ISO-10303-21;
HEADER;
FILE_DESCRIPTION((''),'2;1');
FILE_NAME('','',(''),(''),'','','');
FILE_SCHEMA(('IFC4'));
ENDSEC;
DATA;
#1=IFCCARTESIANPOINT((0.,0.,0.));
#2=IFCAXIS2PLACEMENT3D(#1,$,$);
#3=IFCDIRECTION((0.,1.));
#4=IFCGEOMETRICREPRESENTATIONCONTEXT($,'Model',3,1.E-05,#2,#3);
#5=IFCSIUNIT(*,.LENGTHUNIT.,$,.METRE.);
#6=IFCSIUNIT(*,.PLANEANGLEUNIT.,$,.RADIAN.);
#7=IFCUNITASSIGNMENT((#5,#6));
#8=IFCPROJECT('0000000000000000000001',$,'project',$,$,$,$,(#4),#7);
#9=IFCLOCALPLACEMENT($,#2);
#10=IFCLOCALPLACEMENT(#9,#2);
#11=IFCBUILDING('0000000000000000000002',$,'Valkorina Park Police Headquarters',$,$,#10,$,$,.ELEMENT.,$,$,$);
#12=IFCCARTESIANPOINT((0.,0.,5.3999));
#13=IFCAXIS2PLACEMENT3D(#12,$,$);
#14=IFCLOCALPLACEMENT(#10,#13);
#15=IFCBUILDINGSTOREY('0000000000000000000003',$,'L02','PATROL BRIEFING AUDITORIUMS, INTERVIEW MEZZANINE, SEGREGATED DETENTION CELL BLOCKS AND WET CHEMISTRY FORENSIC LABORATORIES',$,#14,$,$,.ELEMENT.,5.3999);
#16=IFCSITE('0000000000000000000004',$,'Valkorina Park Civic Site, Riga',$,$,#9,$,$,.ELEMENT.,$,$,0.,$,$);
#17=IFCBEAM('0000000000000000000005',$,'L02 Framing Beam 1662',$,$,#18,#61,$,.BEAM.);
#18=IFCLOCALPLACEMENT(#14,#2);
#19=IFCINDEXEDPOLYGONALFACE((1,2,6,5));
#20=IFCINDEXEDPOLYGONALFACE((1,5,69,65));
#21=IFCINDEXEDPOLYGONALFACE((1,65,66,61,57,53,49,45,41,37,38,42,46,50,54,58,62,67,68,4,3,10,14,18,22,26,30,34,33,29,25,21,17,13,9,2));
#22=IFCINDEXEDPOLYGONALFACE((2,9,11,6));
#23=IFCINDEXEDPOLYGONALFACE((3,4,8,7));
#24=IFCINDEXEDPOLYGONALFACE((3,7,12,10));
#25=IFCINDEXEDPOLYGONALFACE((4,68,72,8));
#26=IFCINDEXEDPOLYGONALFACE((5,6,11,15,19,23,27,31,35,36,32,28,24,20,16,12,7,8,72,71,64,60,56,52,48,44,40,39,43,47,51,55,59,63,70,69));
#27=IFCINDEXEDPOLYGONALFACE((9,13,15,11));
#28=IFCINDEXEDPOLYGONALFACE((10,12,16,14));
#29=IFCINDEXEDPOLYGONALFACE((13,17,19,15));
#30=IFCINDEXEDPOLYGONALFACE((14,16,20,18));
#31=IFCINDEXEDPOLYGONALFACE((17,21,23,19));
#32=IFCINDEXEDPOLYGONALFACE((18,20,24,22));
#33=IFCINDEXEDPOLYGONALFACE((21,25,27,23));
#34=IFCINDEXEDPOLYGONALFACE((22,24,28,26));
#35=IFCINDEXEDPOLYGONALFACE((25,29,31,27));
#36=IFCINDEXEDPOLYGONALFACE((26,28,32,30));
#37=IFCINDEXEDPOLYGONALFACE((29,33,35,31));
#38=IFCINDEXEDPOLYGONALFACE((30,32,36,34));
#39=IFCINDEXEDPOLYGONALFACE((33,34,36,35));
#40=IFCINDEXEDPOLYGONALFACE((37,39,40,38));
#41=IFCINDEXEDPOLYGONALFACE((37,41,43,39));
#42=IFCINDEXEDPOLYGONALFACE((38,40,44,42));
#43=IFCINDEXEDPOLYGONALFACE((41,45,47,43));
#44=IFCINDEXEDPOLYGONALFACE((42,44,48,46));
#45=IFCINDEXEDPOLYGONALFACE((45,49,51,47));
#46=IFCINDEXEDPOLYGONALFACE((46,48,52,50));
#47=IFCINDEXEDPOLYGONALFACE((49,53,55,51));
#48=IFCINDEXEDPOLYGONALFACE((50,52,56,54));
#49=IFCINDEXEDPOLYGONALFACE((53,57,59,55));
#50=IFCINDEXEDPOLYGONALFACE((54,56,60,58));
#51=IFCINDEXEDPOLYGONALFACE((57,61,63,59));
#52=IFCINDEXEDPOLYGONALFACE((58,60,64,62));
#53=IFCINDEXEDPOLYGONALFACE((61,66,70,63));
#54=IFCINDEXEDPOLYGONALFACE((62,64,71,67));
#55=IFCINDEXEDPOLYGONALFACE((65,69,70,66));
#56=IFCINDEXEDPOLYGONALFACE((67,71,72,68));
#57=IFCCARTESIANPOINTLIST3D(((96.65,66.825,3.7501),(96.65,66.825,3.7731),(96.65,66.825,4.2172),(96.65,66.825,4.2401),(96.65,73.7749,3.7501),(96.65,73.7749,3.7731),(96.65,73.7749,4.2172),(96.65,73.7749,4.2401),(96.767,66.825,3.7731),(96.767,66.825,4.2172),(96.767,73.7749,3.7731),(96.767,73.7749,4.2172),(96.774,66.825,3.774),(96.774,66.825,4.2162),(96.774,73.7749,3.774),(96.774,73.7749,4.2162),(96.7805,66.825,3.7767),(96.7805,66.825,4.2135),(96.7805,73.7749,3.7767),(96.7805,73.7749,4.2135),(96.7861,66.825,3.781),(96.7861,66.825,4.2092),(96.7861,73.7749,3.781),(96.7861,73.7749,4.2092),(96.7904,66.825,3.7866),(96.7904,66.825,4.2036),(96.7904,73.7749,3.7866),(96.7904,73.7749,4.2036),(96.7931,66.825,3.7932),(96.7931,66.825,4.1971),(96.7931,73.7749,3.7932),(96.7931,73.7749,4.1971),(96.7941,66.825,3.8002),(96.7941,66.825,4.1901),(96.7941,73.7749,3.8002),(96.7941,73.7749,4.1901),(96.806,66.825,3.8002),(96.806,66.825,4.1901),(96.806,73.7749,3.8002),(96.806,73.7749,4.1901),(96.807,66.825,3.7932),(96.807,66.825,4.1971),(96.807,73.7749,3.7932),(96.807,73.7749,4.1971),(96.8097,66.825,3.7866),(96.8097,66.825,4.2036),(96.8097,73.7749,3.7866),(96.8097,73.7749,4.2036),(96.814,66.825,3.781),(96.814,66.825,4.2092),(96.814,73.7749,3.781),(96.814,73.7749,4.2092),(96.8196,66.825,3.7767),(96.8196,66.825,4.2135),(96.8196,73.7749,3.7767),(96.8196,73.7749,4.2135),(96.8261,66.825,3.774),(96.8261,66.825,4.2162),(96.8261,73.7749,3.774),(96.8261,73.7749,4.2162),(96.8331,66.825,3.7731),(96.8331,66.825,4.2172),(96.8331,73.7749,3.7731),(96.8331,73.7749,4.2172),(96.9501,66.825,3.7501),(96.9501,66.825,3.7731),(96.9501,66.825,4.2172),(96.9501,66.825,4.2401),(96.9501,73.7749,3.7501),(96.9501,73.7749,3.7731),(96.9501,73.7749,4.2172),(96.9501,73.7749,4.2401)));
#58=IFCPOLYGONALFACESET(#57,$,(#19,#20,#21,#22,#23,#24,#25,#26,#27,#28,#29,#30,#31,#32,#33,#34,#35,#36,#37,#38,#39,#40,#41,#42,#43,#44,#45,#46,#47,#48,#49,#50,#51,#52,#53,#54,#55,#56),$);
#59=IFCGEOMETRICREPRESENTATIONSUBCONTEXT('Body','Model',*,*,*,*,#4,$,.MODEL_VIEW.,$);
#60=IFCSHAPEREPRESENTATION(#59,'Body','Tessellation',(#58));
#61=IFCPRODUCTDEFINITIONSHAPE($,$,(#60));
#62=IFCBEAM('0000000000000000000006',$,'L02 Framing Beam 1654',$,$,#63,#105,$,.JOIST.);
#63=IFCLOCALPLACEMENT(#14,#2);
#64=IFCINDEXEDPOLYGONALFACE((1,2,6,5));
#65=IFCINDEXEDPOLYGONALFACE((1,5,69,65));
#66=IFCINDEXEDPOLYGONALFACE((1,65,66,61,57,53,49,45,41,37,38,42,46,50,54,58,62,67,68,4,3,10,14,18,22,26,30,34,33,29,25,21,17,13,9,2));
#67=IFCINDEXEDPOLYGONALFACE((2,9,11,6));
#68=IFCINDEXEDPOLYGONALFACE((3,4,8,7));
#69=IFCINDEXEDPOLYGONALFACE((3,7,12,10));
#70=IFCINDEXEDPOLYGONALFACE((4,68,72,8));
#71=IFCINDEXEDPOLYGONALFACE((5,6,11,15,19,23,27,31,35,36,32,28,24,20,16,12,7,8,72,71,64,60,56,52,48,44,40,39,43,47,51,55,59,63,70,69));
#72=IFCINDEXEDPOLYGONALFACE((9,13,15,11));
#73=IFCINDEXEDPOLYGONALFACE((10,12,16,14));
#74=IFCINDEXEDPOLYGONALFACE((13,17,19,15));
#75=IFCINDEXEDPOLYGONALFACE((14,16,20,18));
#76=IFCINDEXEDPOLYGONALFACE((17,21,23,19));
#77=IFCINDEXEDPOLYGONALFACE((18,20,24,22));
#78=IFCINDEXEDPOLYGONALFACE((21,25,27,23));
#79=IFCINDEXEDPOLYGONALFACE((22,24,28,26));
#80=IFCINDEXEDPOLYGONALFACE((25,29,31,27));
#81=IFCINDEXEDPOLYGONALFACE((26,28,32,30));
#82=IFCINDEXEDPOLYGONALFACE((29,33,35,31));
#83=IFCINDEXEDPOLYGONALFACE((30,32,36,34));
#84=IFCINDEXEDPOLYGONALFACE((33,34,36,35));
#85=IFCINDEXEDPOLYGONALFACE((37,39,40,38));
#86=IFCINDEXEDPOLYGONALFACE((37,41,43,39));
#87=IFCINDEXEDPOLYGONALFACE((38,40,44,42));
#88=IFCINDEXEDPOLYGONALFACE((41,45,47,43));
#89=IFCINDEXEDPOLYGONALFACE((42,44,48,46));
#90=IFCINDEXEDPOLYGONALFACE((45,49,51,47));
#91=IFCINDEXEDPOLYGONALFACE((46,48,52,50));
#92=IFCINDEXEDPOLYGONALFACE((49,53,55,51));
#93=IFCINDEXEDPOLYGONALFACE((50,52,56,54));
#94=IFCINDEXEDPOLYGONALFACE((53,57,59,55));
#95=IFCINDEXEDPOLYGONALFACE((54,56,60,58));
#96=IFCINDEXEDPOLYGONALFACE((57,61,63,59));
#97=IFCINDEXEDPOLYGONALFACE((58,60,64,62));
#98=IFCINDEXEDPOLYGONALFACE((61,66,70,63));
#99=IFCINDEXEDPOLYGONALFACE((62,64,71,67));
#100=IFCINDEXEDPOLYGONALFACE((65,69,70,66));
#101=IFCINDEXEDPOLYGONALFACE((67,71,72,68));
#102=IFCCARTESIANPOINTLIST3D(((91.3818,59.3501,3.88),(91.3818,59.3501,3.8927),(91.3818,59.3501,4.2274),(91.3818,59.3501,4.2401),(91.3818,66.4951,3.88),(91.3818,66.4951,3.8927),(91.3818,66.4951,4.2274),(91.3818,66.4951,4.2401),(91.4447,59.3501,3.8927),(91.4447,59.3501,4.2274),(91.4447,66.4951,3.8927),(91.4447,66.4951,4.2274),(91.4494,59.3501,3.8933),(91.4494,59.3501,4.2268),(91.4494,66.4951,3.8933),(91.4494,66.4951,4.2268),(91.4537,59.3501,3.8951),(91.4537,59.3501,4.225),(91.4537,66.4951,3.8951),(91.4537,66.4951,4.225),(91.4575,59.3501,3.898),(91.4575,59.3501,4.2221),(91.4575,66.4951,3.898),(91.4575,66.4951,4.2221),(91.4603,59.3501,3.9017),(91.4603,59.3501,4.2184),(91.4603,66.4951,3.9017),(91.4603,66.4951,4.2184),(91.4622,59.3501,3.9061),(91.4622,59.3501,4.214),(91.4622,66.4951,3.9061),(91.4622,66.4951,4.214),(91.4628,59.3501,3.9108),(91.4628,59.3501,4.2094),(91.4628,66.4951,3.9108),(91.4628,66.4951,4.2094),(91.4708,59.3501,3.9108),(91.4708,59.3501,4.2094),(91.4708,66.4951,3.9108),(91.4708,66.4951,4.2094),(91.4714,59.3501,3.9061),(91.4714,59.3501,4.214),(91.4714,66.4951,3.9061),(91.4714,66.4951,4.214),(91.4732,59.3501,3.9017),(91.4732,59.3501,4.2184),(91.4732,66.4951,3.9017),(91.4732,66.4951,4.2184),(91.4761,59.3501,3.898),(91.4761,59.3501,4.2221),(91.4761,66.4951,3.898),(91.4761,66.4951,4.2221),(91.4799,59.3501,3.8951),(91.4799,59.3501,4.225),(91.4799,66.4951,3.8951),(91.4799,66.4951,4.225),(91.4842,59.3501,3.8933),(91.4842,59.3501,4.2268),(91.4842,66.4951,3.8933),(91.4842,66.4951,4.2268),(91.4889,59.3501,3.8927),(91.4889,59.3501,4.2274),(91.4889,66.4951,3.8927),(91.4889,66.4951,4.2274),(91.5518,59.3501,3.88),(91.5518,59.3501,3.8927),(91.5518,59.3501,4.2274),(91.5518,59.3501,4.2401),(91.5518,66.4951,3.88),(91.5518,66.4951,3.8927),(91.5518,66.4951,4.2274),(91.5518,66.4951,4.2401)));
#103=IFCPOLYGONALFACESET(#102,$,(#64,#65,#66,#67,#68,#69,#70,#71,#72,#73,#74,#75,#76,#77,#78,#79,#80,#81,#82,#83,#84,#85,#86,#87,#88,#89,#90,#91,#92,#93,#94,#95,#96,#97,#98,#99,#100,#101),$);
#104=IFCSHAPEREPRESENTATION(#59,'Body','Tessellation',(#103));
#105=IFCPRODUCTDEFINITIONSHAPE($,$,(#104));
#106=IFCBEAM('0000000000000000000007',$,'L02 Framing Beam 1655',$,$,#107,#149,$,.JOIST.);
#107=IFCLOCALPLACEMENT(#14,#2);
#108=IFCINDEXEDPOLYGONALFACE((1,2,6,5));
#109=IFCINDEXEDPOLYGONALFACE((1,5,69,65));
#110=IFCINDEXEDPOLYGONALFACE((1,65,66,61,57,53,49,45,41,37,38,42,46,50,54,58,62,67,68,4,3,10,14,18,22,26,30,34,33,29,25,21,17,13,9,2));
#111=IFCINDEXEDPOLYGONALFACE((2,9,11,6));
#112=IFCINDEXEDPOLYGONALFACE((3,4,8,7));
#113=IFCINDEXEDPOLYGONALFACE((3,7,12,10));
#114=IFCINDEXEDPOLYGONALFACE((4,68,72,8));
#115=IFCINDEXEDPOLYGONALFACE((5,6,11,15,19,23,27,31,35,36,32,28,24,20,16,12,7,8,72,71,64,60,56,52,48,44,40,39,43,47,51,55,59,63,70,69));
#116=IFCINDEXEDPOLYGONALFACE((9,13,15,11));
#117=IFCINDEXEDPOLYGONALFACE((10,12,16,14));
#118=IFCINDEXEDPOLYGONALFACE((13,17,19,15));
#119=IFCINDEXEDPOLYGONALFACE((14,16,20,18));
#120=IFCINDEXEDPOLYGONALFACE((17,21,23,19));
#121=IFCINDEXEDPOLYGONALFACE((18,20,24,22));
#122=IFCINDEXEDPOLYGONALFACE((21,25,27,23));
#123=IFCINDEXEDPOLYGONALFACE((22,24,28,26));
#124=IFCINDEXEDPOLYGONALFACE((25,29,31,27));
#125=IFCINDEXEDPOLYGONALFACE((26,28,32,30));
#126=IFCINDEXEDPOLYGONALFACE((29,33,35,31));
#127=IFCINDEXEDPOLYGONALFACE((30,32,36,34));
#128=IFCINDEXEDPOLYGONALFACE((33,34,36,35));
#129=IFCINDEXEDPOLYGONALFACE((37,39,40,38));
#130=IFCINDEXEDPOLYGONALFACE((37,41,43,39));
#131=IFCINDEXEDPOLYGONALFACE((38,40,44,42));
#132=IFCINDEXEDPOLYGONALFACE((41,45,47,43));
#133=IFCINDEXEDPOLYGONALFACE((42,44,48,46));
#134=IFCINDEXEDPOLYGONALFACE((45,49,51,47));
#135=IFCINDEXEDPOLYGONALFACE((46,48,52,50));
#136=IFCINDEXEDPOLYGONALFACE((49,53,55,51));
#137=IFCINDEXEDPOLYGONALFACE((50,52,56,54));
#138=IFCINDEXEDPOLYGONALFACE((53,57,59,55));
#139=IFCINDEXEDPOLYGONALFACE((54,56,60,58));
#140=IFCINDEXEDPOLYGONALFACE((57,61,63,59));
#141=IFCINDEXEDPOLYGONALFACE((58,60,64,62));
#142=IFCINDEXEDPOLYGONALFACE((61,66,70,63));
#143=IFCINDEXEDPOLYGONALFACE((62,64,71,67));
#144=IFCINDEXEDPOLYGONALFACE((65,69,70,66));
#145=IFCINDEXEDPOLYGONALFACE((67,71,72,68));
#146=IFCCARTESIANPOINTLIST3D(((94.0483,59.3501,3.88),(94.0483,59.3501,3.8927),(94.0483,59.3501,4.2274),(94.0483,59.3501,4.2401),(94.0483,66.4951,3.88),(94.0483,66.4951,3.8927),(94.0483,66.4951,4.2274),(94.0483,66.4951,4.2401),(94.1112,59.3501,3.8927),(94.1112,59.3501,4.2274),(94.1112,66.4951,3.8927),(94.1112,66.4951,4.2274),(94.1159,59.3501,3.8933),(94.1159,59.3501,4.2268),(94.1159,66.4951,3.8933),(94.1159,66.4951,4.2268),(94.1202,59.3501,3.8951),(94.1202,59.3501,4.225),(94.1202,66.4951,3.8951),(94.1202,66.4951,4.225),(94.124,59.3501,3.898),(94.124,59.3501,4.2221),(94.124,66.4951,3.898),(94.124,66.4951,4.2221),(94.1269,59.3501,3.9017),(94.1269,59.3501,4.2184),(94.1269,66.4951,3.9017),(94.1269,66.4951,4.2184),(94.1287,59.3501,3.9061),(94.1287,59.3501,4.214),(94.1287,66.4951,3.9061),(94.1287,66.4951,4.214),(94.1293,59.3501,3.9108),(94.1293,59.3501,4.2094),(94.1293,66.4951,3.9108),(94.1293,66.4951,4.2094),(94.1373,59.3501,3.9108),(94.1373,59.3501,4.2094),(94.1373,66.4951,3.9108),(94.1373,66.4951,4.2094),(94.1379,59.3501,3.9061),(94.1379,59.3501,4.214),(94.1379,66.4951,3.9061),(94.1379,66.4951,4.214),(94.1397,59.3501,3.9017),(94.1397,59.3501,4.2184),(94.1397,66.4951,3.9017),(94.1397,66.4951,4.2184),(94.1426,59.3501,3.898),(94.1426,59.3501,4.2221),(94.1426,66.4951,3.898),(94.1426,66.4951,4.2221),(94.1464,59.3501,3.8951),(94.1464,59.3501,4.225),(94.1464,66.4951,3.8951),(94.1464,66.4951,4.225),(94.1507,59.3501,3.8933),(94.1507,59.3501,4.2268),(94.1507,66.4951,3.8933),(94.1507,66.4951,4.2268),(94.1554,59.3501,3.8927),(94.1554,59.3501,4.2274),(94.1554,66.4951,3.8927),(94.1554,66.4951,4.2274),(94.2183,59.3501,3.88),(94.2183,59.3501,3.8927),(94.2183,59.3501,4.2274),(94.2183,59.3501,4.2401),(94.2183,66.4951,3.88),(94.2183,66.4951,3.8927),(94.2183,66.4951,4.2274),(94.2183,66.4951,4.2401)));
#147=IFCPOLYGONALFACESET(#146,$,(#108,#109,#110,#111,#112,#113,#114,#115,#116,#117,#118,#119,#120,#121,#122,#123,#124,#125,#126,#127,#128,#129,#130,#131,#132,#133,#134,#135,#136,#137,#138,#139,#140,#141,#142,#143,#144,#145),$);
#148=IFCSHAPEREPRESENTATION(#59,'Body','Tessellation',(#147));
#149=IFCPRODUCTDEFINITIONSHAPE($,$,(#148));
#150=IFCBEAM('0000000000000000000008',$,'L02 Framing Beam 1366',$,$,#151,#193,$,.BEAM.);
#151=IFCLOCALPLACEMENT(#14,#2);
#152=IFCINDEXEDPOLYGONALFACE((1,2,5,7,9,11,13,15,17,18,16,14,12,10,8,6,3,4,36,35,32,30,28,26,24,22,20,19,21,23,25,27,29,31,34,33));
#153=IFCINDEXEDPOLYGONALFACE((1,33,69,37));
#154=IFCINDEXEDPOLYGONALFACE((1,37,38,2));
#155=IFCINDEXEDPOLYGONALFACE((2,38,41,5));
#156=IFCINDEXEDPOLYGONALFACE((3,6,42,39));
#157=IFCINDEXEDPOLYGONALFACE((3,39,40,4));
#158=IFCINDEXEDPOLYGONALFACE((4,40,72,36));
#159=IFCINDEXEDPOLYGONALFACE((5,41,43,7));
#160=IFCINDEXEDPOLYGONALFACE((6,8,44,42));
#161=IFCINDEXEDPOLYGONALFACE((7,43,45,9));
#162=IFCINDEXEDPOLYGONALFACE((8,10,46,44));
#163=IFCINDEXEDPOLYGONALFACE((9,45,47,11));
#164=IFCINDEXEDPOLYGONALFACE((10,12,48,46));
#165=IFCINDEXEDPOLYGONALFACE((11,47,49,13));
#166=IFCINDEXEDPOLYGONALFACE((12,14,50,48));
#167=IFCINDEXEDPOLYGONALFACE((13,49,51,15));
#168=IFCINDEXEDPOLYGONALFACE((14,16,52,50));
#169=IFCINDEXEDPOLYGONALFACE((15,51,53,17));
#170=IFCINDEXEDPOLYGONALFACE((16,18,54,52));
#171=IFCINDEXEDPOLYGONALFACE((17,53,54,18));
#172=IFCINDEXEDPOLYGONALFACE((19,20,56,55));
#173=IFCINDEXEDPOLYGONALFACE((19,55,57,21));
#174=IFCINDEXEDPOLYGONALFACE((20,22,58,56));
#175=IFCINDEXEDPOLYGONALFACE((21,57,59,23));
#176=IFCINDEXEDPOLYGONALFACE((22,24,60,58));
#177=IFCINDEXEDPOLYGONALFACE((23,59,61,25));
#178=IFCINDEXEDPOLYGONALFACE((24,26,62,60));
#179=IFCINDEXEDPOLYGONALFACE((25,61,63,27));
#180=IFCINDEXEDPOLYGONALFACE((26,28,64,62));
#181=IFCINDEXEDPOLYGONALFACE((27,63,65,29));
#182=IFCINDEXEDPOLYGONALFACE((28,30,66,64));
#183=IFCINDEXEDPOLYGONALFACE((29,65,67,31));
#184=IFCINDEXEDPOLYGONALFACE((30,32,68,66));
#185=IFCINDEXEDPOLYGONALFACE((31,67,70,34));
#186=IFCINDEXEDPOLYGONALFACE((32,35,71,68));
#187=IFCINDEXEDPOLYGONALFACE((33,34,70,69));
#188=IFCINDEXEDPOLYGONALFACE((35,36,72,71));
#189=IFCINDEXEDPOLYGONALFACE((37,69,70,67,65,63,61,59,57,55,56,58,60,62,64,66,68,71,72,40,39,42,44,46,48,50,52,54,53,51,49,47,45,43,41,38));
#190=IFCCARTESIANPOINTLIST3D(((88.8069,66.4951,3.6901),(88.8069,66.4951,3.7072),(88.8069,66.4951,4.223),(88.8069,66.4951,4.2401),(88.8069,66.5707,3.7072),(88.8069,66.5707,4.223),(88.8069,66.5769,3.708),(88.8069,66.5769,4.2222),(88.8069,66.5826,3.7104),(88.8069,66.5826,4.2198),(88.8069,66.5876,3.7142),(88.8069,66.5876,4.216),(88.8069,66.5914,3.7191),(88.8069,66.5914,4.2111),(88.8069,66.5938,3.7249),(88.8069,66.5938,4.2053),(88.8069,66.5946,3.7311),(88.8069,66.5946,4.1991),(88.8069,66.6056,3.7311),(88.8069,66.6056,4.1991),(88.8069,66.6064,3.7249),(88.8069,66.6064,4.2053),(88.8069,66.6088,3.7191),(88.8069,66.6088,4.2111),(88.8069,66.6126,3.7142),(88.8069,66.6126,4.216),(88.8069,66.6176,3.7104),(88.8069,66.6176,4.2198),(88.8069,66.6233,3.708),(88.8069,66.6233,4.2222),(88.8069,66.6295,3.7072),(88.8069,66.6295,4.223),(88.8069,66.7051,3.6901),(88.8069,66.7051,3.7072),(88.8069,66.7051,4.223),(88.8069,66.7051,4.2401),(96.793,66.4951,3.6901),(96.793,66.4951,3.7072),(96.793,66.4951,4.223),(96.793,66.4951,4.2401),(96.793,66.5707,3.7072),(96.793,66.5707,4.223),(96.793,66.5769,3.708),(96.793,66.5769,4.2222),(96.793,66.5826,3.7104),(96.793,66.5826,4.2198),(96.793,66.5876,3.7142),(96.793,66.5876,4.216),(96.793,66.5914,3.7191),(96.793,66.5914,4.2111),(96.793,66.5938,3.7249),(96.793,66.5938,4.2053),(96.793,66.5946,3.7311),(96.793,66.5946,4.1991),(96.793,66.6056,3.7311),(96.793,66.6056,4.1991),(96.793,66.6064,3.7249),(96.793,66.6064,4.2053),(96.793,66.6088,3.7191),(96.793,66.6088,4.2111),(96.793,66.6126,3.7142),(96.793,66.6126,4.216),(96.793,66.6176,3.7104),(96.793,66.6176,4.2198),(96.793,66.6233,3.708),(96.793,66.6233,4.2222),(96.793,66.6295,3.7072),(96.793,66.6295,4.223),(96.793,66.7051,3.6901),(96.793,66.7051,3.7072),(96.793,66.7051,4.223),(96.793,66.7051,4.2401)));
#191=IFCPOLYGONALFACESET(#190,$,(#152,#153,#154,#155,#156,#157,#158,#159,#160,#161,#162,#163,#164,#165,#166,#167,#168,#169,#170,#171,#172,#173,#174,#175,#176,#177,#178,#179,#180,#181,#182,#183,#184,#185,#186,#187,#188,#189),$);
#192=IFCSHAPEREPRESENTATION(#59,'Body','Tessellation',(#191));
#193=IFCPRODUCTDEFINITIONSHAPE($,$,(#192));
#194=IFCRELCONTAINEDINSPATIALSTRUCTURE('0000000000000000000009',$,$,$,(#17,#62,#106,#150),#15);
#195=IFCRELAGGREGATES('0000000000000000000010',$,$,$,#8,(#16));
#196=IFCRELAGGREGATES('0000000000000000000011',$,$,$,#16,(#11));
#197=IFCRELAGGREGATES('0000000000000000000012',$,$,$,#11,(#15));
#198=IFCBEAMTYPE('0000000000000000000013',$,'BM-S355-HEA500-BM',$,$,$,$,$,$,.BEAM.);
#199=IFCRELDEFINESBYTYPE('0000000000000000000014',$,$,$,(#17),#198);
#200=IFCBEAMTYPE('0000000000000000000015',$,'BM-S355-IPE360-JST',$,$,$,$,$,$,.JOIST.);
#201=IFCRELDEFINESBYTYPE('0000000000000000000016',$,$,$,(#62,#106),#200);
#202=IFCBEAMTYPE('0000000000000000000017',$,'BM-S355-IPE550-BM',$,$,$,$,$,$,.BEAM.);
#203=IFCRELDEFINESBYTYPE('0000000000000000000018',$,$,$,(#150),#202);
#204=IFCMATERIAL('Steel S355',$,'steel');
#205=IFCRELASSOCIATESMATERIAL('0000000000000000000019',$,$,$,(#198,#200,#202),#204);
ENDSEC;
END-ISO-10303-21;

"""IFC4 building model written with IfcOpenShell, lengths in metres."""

from ifc_helpers import new_model, si_unit, direction, frame, origin, origin_2d, place, context, subcontext, project, spatial, i_section, extrude, material, material_profile, profile_set, type_object, element, save


model = new_model("IFC4")

# Units and contexts
model_context = context("Model", 3, precision=1e-05, world=origin(), true_north=direction((0.0, 1.0)))
body_context = subcontext(model_context, "Body", "Model", "MODEL_VIEW")
ifc_project = project(units=[si_unit("LENGTHUNIT", "METRE"), si_unit("PLANEANGLEUNIT", "RADIAN")], contexts=[model_context])

# Site, building, storey
site_placement = place(None, origin())
site = spatial("IfcSite", under=ifc_project, at=site_placement, Name="Valkorina Park Civic Site, Riga", CompositionType="ELEMENT", RefElevation=0.0)
building_placement = place(site_placement, origin())
building = spatial("IfcBuilding", under=site, at=building_placement, Name="Valkorina Park Police Headquarters", CompositionType="ELEMENT")
storey_placement = place(building_placement, frame((0.0, 0.0, 5.3999)))
storey = spatial("IfcBuildingStorey", under=building, at=storey_placement, Name="L02", Description="PATROL BRIEFING AUDITORIUMS, INTERVIEW MEZZANINE, SEGREGATED DETENTION CELL BLOCKS AND WET CHEMISTRY FORENSIC LABORATORIES", CompositionType="ELEMENT", Elevation=5.3999)

# Shared definitions
ifc_material_1 = material(Name="Steel S355", Category="steel")

# Beams
ifc_material_profile_1 = material_profile(ifc_material_1, i_section(OverallWidth=0.3, OverallDepth=0.49, WebThickness=0.012, FlangeThickness=0.0229, FilletRadius=0.0271, at=origin_2d()), Name="HEA 500")
ifc_profile_set_1 = profile_set([ifc_material_profile_1], Name="Steel S355")
beam_type_1 = type_object("IfcBeamType", Name="BM-S355-HEA500-BM", PredefinedType="BEAM", material=ifc_profile_set_1)
for number, where, z_axis, x_axis, name in (
    (1, (96.8, 66.825, 3.9951), (0.0, 1.0, 0.0), (-1.0, 0.0, 0.0), "L02 Framing Beam 1662"),
):
    element("IfcBeam", number, at=place(storey_placement, frame(where, z_axis=z_axis, x_axis=x_axis)), inside=storey, type_object=beam_type_1, Name=name, PredefinedType="BEAM", context=body_context, shape_type="SweptSolid", body=[
        extrude(i_section(OverallWidth=0.3, OverallDepth=0.49, WebThickness=0.012, FlangeThickness=0.0229, FilletRadius=0.0271, at=origin_2d()), origin(), (0.0, 0.0, 1.0), 6.95),
    ])
ifc_material_profile_2 = material_profile(ifc_material_1, i_section(OverallWidth=0.1699, OverallDepth=0.3601, WebThickness=0.0081, FlangeThickness=0.0127, FilletRadius=0.0181, at=origin_2d()), Name="IPE 360")
ifc_profile_set_2 = profile_set([ifc_material_profile_2], Name="Steel S355")
beam_type_2 = type_object("IfcBeamType", Name="BM-S355-IPE360-JST", PredefinedType="JOIST", material=ifc_profile_set_2)
for number, where, z_axis, x_axis, name in (
    (2, (91.4668, 59.3501, 4.0601), (0.0, 1.0, 0.0), (-1.0, 0.0, 0.0), "L02 Framing Beam 1654"),
    (3, (94.1333, 59.3501, 4.0601), (0.0, 1.0, 0.0), (-1.0, 0.0, 0.0), "L02 Framing Beam 1655"),
):
    element("IfcBeam", number, at=place(storey_placement, frame(where, z_axis=z_axis, x_axis=x_axis)), inside=storey, type_object=beam_type_2, Name=name, PredefinedType="JOIST", context=body_context, shape_type="SweptSolid", body=[
        extrude(i_section(OverallWidth=0.1699, OverallDepth=0.3601, WebThickness=0.0081, FlangeThickness=0.0127, FilletRadius=0.0181, at=origin_2d()), origin(), (0.0, 0.0, 1.0), 7.145),
    ])
ifc_material_profile_3 = material_profile(ifc_material_1, i_section(OverallWidth=0.21, OverallDepth=0.55, WebThickness=0.011, FlangeThickness=0.0171, FilletRadius=0.0239, at=origin_2d()), Name="IPE 550")
ifc_profile_set_3 = profile_set([ifc_material_profile_3], Name="Steel S355")
beam_type_3 = type_object("IfcBeamType", Name="BM-S355-IPE550-BM", PredefinedType="BEAM", material=ifc_profile_set_3)
for number, where, z_axis, x_axis, name in (
    (4, (88.8069, 66.6001, 3.9651), (1.0, 0.0, 0.0), (0.0, 1.0, 0.0), "L02 Framing Beam 1366"),
):
    element("IfcBeam", number, at=place(storey_placement, frame(where, z_axis=z_axis, x_axis=x_axis)), inside=storey, type_object=beam_type_3, Name=name, PredefinedType="BEAM", context=body_context, shape_type="SweptSolid", body=[
        extrude(i_section(OverallWidth=0.21, OverallDepth=0.55, WebThickness=0.011, FlangeThickness=0.0171, FilletRadius=0.0239, at=origin_2d()), origin(), (0.0, 0.0, 1.0), 7.9861),
    ])

save(model, "model.ifc")
